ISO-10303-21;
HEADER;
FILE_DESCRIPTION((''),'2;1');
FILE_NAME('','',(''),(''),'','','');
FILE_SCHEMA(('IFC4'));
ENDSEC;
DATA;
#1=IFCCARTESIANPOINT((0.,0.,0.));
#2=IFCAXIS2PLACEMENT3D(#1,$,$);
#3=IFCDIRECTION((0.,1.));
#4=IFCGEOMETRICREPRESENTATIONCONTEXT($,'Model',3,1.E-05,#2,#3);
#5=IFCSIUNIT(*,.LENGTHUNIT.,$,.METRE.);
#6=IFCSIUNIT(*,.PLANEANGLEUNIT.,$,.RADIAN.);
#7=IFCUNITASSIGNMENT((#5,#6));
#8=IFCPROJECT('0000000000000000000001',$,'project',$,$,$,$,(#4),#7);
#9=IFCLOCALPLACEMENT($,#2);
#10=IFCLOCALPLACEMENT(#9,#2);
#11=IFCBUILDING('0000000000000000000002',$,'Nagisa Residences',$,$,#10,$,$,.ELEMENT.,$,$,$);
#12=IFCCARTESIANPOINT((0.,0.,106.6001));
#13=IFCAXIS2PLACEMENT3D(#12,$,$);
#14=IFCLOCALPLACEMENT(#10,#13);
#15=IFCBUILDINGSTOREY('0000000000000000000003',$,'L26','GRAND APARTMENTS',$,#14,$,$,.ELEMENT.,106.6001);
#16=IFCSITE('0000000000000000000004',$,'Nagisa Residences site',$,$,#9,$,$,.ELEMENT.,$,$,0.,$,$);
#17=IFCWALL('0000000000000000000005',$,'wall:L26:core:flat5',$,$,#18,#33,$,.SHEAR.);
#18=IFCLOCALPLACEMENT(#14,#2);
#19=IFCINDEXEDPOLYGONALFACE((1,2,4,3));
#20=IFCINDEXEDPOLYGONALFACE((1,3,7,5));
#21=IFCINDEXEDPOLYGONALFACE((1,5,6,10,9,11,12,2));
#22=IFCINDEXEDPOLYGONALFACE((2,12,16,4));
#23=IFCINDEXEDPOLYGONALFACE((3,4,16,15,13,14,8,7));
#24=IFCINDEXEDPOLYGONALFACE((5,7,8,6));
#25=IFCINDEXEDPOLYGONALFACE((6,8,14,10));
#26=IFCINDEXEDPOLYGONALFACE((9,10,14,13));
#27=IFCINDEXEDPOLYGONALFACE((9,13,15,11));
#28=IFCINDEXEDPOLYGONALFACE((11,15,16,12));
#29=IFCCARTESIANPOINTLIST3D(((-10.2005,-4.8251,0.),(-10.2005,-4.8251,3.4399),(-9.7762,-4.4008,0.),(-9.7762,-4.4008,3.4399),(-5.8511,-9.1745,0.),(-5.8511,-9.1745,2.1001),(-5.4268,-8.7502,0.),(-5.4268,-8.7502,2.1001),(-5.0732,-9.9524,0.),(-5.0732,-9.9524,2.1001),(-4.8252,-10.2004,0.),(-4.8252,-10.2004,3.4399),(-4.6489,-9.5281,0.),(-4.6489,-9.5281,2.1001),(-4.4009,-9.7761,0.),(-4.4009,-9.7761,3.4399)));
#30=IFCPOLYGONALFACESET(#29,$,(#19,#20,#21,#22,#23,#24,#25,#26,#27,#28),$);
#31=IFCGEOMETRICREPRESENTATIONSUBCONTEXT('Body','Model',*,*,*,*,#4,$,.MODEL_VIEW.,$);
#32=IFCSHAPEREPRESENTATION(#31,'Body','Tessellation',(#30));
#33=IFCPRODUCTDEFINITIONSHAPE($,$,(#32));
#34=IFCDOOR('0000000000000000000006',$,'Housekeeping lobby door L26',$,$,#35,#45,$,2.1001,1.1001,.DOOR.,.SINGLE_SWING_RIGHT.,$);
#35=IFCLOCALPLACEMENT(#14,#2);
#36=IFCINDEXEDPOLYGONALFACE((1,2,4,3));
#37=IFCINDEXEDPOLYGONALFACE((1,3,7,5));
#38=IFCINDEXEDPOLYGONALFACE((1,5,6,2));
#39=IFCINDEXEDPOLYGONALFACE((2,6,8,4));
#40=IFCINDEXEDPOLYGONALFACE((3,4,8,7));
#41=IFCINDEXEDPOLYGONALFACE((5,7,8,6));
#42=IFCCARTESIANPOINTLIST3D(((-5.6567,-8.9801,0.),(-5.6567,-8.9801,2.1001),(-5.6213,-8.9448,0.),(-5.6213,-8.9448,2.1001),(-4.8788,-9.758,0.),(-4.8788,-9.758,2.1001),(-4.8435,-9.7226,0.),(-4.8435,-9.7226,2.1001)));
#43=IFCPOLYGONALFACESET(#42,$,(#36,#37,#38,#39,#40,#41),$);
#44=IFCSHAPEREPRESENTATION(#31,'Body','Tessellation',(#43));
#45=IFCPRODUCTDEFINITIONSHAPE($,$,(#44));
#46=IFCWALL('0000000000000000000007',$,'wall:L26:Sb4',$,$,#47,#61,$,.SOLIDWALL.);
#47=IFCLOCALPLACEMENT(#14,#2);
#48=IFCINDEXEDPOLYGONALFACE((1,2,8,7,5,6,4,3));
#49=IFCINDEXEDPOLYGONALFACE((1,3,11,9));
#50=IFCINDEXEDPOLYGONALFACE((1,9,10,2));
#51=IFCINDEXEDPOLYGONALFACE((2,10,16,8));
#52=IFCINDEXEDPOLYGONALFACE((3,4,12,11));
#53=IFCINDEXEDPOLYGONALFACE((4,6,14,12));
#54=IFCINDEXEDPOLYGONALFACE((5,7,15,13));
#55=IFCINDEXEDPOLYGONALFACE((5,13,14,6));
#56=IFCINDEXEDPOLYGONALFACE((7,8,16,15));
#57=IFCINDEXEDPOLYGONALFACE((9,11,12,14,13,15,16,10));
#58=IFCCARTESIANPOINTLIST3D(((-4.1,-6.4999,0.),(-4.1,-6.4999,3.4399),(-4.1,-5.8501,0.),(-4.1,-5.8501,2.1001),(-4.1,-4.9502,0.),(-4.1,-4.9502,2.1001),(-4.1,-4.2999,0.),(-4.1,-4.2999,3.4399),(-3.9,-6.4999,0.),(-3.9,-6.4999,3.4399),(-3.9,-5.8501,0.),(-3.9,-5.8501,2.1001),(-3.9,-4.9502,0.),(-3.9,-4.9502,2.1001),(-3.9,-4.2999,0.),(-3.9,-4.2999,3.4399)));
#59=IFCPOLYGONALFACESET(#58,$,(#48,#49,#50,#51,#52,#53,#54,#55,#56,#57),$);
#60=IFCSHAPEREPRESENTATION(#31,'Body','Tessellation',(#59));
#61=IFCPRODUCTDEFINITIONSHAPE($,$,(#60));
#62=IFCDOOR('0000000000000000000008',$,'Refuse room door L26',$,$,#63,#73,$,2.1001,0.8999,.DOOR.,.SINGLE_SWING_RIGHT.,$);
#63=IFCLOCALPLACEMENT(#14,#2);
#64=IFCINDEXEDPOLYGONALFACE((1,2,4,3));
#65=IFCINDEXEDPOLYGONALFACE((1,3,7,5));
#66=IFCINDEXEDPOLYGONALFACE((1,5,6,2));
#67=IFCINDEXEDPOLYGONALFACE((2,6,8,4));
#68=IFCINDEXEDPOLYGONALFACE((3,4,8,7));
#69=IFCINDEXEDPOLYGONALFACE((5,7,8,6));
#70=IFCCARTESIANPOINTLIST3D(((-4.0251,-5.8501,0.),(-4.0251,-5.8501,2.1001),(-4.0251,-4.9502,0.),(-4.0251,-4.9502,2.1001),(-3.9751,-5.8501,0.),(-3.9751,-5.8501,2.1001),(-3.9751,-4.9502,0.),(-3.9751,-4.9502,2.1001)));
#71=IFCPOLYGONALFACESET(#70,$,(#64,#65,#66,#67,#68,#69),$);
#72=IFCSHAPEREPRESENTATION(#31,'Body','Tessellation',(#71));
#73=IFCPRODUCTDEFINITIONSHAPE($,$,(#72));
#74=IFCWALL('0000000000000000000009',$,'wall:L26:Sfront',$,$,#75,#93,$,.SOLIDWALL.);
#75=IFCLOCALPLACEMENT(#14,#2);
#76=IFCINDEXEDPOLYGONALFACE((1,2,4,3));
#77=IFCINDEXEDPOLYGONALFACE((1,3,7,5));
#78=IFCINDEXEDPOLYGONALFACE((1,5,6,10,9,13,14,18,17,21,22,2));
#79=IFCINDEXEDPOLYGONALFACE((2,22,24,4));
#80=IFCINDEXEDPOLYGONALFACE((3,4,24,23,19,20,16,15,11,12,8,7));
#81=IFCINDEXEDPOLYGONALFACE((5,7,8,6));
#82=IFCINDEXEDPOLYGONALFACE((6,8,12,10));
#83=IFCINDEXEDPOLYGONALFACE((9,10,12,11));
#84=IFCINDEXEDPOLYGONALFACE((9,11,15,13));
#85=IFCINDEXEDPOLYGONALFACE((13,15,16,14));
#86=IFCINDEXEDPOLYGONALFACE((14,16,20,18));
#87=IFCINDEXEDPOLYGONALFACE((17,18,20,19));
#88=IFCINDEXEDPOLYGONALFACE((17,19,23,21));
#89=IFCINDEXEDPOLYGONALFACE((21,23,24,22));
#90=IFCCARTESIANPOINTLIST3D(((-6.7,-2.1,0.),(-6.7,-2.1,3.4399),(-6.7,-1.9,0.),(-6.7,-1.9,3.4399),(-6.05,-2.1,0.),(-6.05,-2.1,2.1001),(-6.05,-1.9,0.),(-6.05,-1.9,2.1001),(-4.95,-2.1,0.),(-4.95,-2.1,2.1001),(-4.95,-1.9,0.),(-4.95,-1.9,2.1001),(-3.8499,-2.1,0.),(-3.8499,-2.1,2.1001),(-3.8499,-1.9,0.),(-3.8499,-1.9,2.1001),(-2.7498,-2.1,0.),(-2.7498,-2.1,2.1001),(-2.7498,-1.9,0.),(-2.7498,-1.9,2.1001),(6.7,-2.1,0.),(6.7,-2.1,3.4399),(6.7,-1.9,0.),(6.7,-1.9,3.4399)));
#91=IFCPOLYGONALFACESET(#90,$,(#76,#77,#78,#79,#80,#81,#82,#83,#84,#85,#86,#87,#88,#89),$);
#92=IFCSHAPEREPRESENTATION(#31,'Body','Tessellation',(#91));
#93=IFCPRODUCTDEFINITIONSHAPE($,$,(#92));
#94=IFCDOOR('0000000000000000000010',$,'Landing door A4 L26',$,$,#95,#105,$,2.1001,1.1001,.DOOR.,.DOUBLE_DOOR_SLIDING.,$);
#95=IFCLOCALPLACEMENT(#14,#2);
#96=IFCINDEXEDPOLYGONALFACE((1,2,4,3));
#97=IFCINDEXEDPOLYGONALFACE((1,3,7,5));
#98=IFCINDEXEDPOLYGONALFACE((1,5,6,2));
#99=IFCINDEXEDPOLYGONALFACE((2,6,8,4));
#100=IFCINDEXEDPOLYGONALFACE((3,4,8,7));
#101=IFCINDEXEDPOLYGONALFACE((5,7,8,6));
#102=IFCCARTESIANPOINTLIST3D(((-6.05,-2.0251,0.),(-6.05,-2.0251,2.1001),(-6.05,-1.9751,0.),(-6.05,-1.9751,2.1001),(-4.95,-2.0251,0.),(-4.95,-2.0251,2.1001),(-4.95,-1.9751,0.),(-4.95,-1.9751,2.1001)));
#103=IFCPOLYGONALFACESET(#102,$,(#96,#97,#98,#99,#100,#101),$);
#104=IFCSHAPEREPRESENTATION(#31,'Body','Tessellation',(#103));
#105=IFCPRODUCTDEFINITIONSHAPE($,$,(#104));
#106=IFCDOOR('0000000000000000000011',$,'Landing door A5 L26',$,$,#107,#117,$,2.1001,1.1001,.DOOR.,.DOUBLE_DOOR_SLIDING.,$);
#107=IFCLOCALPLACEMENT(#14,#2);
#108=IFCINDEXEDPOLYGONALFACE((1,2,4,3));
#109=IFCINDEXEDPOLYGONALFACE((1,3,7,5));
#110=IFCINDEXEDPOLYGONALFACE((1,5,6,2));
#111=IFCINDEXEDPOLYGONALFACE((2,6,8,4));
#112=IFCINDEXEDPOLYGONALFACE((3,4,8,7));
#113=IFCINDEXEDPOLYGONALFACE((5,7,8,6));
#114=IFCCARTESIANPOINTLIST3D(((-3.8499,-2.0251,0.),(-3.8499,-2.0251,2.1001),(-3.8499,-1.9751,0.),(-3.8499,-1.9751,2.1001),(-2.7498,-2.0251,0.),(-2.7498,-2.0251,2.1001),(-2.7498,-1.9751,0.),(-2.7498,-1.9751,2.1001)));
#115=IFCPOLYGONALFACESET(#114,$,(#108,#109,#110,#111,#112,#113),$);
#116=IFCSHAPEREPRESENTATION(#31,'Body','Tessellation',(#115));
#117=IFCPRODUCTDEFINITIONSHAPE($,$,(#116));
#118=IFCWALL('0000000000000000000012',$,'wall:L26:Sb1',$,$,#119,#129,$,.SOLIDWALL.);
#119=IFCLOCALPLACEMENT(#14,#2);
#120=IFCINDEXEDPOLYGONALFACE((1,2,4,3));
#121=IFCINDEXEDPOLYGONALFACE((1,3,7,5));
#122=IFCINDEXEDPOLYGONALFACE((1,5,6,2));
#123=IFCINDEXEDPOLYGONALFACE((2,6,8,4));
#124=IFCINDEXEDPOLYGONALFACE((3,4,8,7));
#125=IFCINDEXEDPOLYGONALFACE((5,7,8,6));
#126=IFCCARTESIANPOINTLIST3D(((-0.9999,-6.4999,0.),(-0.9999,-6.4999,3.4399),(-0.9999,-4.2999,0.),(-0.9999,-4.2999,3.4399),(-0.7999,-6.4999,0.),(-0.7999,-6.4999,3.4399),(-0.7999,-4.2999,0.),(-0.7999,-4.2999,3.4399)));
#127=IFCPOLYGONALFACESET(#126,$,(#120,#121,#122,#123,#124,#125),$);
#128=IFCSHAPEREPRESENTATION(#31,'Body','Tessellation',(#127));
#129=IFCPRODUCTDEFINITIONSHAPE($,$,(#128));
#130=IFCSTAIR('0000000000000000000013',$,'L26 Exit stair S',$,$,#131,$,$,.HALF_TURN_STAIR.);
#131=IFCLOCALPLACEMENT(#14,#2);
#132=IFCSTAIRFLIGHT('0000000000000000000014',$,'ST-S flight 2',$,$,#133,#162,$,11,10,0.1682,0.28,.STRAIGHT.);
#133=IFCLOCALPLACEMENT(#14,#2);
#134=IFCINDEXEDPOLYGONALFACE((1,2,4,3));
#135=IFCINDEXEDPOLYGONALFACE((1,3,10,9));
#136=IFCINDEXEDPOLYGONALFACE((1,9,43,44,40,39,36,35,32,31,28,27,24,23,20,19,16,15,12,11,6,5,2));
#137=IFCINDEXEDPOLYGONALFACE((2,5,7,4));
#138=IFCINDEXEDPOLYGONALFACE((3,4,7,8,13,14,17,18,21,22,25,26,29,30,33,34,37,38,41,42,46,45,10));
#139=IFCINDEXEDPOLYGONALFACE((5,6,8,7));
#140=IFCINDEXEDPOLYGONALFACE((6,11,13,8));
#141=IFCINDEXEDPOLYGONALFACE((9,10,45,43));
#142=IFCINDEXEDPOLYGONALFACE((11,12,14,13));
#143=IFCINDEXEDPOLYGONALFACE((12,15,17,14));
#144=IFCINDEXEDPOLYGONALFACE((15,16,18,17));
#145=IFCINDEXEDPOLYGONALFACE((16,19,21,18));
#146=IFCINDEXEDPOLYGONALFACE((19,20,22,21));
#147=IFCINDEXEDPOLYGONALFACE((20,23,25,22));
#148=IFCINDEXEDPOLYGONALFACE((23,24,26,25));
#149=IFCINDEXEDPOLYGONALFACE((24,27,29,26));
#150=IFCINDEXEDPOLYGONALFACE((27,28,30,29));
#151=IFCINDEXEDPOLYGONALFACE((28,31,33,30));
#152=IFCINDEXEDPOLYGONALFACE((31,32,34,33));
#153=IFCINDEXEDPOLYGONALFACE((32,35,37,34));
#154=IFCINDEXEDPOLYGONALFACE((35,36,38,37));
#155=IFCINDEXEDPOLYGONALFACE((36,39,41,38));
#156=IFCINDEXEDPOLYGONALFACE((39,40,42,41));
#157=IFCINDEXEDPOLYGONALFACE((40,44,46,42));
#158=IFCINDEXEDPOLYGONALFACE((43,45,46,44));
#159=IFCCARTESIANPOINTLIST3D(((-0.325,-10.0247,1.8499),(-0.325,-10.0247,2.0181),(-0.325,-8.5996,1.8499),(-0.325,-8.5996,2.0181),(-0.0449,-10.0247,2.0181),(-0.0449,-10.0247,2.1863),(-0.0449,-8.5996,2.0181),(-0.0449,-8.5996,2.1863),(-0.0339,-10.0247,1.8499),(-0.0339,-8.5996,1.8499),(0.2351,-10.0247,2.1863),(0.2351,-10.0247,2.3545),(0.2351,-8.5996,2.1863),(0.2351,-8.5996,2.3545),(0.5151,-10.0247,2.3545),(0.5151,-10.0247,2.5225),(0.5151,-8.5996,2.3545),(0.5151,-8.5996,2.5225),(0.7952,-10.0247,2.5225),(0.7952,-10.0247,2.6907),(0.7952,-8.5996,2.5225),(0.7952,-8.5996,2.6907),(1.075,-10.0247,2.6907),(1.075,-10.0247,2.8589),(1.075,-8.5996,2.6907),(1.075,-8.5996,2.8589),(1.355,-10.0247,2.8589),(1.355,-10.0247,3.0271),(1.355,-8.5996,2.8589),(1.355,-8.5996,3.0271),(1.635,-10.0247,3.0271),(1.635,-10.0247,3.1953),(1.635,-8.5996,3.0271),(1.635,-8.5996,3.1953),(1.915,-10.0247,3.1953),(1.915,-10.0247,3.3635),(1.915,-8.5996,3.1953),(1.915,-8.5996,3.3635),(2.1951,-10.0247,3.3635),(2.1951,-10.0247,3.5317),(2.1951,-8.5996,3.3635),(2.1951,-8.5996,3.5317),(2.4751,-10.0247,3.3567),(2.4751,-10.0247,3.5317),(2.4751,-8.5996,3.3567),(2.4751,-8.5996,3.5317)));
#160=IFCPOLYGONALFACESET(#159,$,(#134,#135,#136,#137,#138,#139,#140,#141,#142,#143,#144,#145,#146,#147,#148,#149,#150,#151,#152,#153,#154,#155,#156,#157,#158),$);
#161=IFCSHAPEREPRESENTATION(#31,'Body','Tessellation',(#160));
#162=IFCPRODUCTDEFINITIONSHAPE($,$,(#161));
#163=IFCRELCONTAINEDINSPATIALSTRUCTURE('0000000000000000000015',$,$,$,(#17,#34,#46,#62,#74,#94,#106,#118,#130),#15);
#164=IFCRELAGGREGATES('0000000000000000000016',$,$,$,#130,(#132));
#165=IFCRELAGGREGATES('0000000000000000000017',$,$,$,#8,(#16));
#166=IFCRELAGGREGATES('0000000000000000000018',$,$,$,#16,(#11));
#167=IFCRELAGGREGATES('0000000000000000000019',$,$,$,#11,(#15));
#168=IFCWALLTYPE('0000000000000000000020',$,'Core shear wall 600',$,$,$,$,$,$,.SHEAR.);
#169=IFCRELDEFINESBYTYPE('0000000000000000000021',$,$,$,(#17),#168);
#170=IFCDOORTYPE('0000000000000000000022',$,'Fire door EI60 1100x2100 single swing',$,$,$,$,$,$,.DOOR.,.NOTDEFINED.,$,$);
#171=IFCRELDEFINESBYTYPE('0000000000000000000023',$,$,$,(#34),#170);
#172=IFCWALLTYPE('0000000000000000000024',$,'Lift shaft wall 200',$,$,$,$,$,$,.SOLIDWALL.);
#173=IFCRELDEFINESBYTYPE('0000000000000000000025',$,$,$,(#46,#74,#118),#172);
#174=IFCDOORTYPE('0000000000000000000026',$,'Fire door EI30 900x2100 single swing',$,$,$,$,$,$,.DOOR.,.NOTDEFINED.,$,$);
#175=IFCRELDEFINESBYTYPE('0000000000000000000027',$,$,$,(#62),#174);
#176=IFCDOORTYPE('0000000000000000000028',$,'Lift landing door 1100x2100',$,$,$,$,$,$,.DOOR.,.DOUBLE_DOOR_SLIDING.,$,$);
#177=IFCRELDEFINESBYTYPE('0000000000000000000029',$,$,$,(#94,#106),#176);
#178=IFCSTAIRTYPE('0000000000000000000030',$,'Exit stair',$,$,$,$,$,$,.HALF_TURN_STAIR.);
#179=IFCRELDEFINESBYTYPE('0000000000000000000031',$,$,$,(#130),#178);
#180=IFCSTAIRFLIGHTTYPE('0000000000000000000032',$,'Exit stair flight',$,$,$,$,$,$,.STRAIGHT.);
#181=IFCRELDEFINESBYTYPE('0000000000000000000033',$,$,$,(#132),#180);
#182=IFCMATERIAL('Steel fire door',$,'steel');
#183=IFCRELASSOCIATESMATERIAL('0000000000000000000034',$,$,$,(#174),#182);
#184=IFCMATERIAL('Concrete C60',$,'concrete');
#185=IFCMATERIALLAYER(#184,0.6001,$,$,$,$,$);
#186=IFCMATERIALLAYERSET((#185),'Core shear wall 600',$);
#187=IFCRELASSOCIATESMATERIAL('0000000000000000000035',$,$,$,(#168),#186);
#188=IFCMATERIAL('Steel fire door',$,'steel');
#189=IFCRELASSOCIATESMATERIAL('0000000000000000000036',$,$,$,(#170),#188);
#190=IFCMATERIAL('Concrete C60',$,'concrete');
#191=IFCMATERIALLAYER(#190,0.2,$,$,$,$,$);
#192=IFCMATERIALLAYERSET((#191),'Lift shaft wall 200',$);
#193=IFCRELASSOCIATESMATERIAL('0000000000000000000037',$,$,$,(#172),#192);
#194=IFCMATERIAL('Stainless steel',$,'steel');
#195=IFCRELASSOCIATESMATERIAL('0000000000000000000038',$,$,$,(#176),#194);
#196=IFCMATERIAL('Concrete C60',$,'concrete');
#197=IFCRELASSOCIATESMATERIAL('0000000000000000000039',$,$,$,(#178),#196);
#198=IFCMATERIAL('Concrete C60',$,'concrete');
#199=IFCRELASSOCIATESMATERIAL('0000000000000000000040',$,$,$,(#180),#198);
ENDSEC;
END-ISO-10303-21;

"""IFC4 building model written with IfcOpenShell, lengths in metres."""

from ifc_helpers import new_model, si_unit, direction, frame, frame_2d, origin, place, context, subcontext, project, spatial, polyline, rectangle, outline, extrude, material, layer, layer_set, type_object, element, fill, aggregate, save


model = new_model("IFC4")

# Units and contexts
model_context = context("Model", 3, precision=1e-05, world=origin(), true_north=direction((0.0, 1.0)))
body_context = subcontext(model_context, "Body", "Model", "MODEL_VIEW")
ifc_project = project(units=[si_unit("LENGTHUNIT", "METRE"), si_unit("PLANEANGLEUNIT", "RADIAN")], contexts=[model_context])

# Site, building, storey
site_placement = place(None, origin())
site = spatial("IfcSite", under=ifc_project, at=site_placement, Name="Nagisa Residences site", CompositionType="ELEMENT", RefElevation=0.0)
building_placement = place(site_placement, origin())
building = spatial("IfcBuilding", under=site, at=building_placement, Name="Nagisa Residences", CompositionType="ELEMENT")
storey_placement = place(building_placement, frame((0.0, 0.0, 106.6001)))
storey = spatial("IfcBuildingStorey", under=building, at=storey_placement, Name="L26", Description="GRAND APARTMENTS", CompositionType="ELEMENT", Elevation=106.6001)

# Shared definitions
ifc_material_1 = material(Name="Steel fire door", Category="steel")
door_type_1 = type_object("IfcDoorType", Name="Fire door EI30 900x2100 single swing", OperationType="NOTDEFINED", PredefinedType="DOOR", material=ifc_material_1)

# Walls, openings, doors
ifc_material_2 = material(Name="Concrete C60", Category="concrete")
ifc_layer_1 = layer(ifc_material_2, 0.6001)
ifc_layer_set_1 = layer_set([ifc_layer_1], Name="Core shear wall 600")
wall_type_1 = type_object("IfcWallType", Name="Core shear wall 600", PredefinedType="SHEAR", material=ifc_layer_set_1)
wall_1_placement = place(storey_placement, frame((-9.9883, -4.613, 0.0), z_axis=(0.0, 0.0, 1.0), x_axis=(0.707107, -0.707107, 0.0)))
wall_1 = element("IfcWall", 1, at=wall_1_placement, inside=storey, type_object=wall_type_1, Name="wall:L26:core:flat5", PredefinedType="SHEAR", context=body_context, shape_type="SweptSolid", body=[
    extrude(rectangle(XDim=7.6018, YDim=0.6001, at=frame_2d((3.8008, 0.0))), origin(), (0.0, 0.0, 1.0), 3.4399),
])
opening_1_placement = place(wall_1_placement, frame((6.1509, 0.0, 0.0)))
opening_1 = element("IfcOpeningElement", 2, at=opening_1_placement, cuts=wall_1, PredefinedType="OPENING", context=body_context, shape_type="SweptSolid", body=[
    extrude(rectangle(XDim=1.1001, YDim=2.1001, at=frame_2d((0.55, 1.05))), frame((0.0, 0.3101, 0.0), z_axis=(0.0, -1.0, 0.0), x_axis=(1.0, 0.0, 0.0)), (0.0, 0.0, 1.0), 0.6201),
])
ifc_material_3 = material(Name="Steel fire door", Category="steel")
door_type_2 = type_object("IfcDoorType", Name="Fire door EI60 1100x2100 single swing", OperationType="NOTDEFINED", PredefinedType="DOOR", material=ifc_material_3)
door_1_placement = place(opening_1_placement, origin())
door_1 = element("IfcDoor", 3, at=door_1_placement, inside=storey, type_object=door_type_2, Name="Housekeeping lobby door L26", OperationType="SINGLE_SWING_RIGHT", OverallHeight=2.1001, OverallWidth=1.1001, PredefinedType="DOOR", context=body_context, shape_type="SweptSolid", body=[
    extrude(rectangle(XDim=1.1001, YDim=2.1001, at=frame_2d((0.55, 1.05))), frame((0.0, 0.0249, 0.0), z_axis=(0.0, -1.0, 0.0), x_axis=(1.0, 0.0, 0.0)), (0.0, 0.0, 1.0), 0.05),
])
fill(opening_1, door_1)
ifc_material_4 = material(Name="Concrete C60", Category="concrete")
ifc_layer_2 = layer(ifc_material_4, 0.2)
ifc_layer_set_2 = layer_set([ifc_layer_2], Name="Lift shaft wall 200")
wall_type_2 = type_object("IfcWallType", Name="Lift shaft wall 200", PredefinedType="SOLIDWALL", material=ifc_layer_set_2)
wall_2_placement = place(storey_placement, frame((-4.0, -6.5, 0.0), z_axis=(0.0, 0.0, 1.0), x_axis=(0.0, 1.0, 0.0)))
wall_2 = element("IfcWall", 4, at=wall_2_placement, inside=storey, type_object=wall_type_2, Name="wall:L26:Sb4", PredefinedType="SOLIDWALL", context=body_context, shape_type="SweptSolid", body=[
    extrude(rectangle(XDim=2.2, YDim=0.2, at=frame_2d((1.1001, 0.0))), origin(), (0.0, 0.0, 1.0), 3.4399),
])
opening_2_placement = place(wall_2_placement, frame((0.6499, 0.0, 0.0)))
opening_2 = element("IfcOpeningElement", 5, at=opening_2_placement, cuts=wall_2, PredefinedType="OPENING", context=body_context, shape_type="SweptSolid", body=[
    extrude(rectangle(XDim=0.8999, YDim=2.1001, at=frame_2d((0.45, 1.05))), frame((0.0, 0.1099, 0.0), z_axis=(0.0, -1.0, 0.0), x_axis=(1.0, 0.0, 0.0)), (0.0, 0.0, 1.0), 0.22),
])
door_2_placement = place(opening_2_placement, frame((0.8999, 0.0, 0.0), x_axis=(-1.0, 0.0, 0.0)))
door_2 = element("IfcDoor", 6, at=door_2_placement, inside=storey, type_object=door_type_1, Name="Refuse room door L26", OperationType="SINGLE_SWING_RIGHT", OverallHeight=2.1001, OverallWidth=0.8999, PredefinedType="DOOR", context=body_context, shape_type="SweptSolid", body=[
    extrude(rectangle(XDim=0.8999, YDim=2.1001, at=frame_2d((0.45, 1.05))), frame((0.0, 0.0249, 0.0), z_axis=(0.0, -1.0, 0.0), x_axis=(1.0, 0.0, 0.0)), (0.0, 0.0, 1.0), 0.05),
])
fill(opening_2, door_2)

# Wall, openings, doors
wall_3_placement = place(storey_placement, frame((-6.7, -2.0, 0.0), z_axis=(0.0, 0.0, 1.0), x_axis=(1.0, 0.0, 0.0)))
wall_3 = element("IfcWall", 7, at=wall_3_placement, inside=storey, type_object=wall_type_2, Name="wall:L26:Sfront", PredefinedType="SOLIDWALL", context=body_context, shape_type="SweptSolid", body=[
    extrude(rectangle(XDim=13.3999, YDim=0.2, at=frame_2d((6.7, 0.0))), origin(), (0.0, 0.0, 1.0), 3.4399),
])
opening_3_placement = place(wall_3_placement, frame((0.6499, 0.0, 0.0)))
opening_3 = element("IfcOpeningElement", 8, at=opening_3_placement, cuts=wall_3, PredefinedType="OPENING", context=body_context, shape_type="SweptSolid", body=[
    extrude(rectangle(XDim=1.1001, YDim=2.1001, at=frame_2d((0.55, 1.05))), frame((0.0, 0.1099, 0.0), z_axis=(0.0, -1.0, 0.0), x_axis=(1.0, 0.0, 0.0)), (0.0, 0.0, 1.0), 0.22),
])
opening_4_placement = place(wall_3_placement, frame((2.8501, 0.0, 0.0)))
opening_4 = element("IfcOpeningElement", 9, at=opening_4_placement, cuts=wall_3, PredefinedType="OPENING", context=body_context, shape_type="SweptSolid", body=[
    extrude(rectangle(XDim=1.1001, YDim=2.1001, at=frame_2d((0.55, 1.05))), frame((0.0, 0.1099, 0.0), z_axis=(0.0, -1.0, 0.0), x_axis=(1.0, 0.0, 0.0)), (0.0, 0.0, 1.0), 0.22),
])
ifc_material_5 = material(Name="Stainless steel", Category="steel")
door_type_3 = type_object("IfcDoorType", Name="Lift landing door 1100x2100", OperationType="DOUBLE_DOOR_SLIDING", PredefinedType="DOOR", material=ifc_material_5)
door_3_placement = place(opening_3_placement, origin())
door_3 = element("IfcDoor", 10, at=door_3_placement, inside=storey, type_object=door_type_3, Name="Landing door A4 L26", OperationType="DOUBLE_DOOR_SLIDING", OverallHeight=2.1001, OverallWidth=1.1001, PredefinedType="DOOR", context=body_context, shape_type="SweptSolid", body=[
    extrude(rectangle(XDim=1.1001, YDim=2.1001, at=frame_2d((0.55, 1.05))), frame((0.0, 0.0249, 0.0), z_axis=(0.0, -1.0, 0.0), x_axis=(1.0, 0.0, 0.0)), (0.0, 0.0, 1.0), 0.05),
])
fill(opening_3, door_3)
door_4_placement = place(opening_4_placement, origin())
door_4 = element("IfcDoor", 11, at=door_4_placement, inside=storey, type_object=door_type_3, Name="Landing door A5 L26", OperationType="DOUBLE_DOOR_SLIDING", OverallHeight=2.1001, OverallWidth=1.1001, PredefinedType="DOOR", context=body_context, shape_type="SweptSolid", body=[
    extrude(rectangle(XDim=1.1001, YDim=2.1001, at=frame_2d((0.55, 1.05))), frame((0.0, 0.0249, 0.0), z_axis=(0.0, -1.0, 0.0), x_axis=(1.0, 0.0, 0.0)), (0.0, 0.0, 1.0), 0.05),
])
fill(opening_4, door_4)

# Wall
wall_4_placement = place(storey_placement, frame((-0.8999, -6.5, 0.0), z_axis=(0.0, 0.0, 1.0), x_axis=(0.0, 1.0, 0.0)))
element("IfcWall", 12, at=wall_4_placement, inside=storey, type_object=wall_type_2, Name="wall:L26:Sb1", PredefinedType="SOLIDWALL", context=body_context, shape_type="SweptSolid", body=[
    extrude(rectangle(XDim=2.2, YDim=0.2, at=frame_2d((1.1001, 0.0))), origin(), (0.0, 0.0, 1.0), 3.4399),
])

# Stair, stair flight
ifc_material_6 = material(Name="Concrete C60", Category="concrete")
stair_type = type_object("IfcStairType", Name="Exit stair", PredefinedType="HALF_TURN_STAIR", material=ifc_material_6)
stair_placement = place(storey_placement, origin())
stair = element("IfcStair", 13, at=stair_placement, inside=storey, type_object=stair_type, Name="L26 Exit stair S", PredefinedType="HALF_TURN_STAIR")
ifc_material_7 = material(Name="Concrete C60", Category="concrete")
stair_flight_type = type_object("IfcStairFlightType", Name="Exit stair flight", PredefinedType="STRAIGHT", material=ifc_material_7)
stair_flight_placement = place(storey_placement, frame((-0.325, -9.312, 1.8499), z_axis=(0.0, 0.0, 1.0), x_axis=(1.0, 0.0, 0.0)))
stair_flight = element("IfcStairFlight", 14, at=stair_flight_placement, type_object=stair_flight_type, Name="ST-S flight 2", NumberOfRisers=11, NumberOfTreads=10, PredefinedType="STRAIGHT", RiserHeight=0.1682, TreadLength=0.28, context=body_context, shape_type="SweptSolid", body=[
    extrude(outline(polyline([(0.0, 0.0), (0.0, 0.1682), (0.28, 0.1682), (0.28, 0.3364), (0.5601, 0.3364), (0.5601, 0.5046), (0.8401, 0.5046), (0.8401, 0.6726), (1.1201, 0.6726), (1.1201, 0.8408), (1.3999, 0.8408), (1.3999, 1.009), (1.6799, 1.009), (1.6799, 1.1772), (1.96, 1.1772), (1.96, 1.3455), (2.24, 1.3455), (2.24, 1.5137), (2.52, 1.5137), (2.52, 1.6819), (2.8, 1.6819), (2.8, 1.8501), (2.8, 1.5068), (0.291, 0.0), (0.0, 0.0)])), frame((0.0, 0.7124, 0.0), z_axis=(0.0, -1.0, 0.0), x_axis=(1.0, 0.0, 0.0)), (0.0, 0.0, 1.0), 1.425),
])
aggregate(stair, [stair_flight])

save(model, "model.ifc")
